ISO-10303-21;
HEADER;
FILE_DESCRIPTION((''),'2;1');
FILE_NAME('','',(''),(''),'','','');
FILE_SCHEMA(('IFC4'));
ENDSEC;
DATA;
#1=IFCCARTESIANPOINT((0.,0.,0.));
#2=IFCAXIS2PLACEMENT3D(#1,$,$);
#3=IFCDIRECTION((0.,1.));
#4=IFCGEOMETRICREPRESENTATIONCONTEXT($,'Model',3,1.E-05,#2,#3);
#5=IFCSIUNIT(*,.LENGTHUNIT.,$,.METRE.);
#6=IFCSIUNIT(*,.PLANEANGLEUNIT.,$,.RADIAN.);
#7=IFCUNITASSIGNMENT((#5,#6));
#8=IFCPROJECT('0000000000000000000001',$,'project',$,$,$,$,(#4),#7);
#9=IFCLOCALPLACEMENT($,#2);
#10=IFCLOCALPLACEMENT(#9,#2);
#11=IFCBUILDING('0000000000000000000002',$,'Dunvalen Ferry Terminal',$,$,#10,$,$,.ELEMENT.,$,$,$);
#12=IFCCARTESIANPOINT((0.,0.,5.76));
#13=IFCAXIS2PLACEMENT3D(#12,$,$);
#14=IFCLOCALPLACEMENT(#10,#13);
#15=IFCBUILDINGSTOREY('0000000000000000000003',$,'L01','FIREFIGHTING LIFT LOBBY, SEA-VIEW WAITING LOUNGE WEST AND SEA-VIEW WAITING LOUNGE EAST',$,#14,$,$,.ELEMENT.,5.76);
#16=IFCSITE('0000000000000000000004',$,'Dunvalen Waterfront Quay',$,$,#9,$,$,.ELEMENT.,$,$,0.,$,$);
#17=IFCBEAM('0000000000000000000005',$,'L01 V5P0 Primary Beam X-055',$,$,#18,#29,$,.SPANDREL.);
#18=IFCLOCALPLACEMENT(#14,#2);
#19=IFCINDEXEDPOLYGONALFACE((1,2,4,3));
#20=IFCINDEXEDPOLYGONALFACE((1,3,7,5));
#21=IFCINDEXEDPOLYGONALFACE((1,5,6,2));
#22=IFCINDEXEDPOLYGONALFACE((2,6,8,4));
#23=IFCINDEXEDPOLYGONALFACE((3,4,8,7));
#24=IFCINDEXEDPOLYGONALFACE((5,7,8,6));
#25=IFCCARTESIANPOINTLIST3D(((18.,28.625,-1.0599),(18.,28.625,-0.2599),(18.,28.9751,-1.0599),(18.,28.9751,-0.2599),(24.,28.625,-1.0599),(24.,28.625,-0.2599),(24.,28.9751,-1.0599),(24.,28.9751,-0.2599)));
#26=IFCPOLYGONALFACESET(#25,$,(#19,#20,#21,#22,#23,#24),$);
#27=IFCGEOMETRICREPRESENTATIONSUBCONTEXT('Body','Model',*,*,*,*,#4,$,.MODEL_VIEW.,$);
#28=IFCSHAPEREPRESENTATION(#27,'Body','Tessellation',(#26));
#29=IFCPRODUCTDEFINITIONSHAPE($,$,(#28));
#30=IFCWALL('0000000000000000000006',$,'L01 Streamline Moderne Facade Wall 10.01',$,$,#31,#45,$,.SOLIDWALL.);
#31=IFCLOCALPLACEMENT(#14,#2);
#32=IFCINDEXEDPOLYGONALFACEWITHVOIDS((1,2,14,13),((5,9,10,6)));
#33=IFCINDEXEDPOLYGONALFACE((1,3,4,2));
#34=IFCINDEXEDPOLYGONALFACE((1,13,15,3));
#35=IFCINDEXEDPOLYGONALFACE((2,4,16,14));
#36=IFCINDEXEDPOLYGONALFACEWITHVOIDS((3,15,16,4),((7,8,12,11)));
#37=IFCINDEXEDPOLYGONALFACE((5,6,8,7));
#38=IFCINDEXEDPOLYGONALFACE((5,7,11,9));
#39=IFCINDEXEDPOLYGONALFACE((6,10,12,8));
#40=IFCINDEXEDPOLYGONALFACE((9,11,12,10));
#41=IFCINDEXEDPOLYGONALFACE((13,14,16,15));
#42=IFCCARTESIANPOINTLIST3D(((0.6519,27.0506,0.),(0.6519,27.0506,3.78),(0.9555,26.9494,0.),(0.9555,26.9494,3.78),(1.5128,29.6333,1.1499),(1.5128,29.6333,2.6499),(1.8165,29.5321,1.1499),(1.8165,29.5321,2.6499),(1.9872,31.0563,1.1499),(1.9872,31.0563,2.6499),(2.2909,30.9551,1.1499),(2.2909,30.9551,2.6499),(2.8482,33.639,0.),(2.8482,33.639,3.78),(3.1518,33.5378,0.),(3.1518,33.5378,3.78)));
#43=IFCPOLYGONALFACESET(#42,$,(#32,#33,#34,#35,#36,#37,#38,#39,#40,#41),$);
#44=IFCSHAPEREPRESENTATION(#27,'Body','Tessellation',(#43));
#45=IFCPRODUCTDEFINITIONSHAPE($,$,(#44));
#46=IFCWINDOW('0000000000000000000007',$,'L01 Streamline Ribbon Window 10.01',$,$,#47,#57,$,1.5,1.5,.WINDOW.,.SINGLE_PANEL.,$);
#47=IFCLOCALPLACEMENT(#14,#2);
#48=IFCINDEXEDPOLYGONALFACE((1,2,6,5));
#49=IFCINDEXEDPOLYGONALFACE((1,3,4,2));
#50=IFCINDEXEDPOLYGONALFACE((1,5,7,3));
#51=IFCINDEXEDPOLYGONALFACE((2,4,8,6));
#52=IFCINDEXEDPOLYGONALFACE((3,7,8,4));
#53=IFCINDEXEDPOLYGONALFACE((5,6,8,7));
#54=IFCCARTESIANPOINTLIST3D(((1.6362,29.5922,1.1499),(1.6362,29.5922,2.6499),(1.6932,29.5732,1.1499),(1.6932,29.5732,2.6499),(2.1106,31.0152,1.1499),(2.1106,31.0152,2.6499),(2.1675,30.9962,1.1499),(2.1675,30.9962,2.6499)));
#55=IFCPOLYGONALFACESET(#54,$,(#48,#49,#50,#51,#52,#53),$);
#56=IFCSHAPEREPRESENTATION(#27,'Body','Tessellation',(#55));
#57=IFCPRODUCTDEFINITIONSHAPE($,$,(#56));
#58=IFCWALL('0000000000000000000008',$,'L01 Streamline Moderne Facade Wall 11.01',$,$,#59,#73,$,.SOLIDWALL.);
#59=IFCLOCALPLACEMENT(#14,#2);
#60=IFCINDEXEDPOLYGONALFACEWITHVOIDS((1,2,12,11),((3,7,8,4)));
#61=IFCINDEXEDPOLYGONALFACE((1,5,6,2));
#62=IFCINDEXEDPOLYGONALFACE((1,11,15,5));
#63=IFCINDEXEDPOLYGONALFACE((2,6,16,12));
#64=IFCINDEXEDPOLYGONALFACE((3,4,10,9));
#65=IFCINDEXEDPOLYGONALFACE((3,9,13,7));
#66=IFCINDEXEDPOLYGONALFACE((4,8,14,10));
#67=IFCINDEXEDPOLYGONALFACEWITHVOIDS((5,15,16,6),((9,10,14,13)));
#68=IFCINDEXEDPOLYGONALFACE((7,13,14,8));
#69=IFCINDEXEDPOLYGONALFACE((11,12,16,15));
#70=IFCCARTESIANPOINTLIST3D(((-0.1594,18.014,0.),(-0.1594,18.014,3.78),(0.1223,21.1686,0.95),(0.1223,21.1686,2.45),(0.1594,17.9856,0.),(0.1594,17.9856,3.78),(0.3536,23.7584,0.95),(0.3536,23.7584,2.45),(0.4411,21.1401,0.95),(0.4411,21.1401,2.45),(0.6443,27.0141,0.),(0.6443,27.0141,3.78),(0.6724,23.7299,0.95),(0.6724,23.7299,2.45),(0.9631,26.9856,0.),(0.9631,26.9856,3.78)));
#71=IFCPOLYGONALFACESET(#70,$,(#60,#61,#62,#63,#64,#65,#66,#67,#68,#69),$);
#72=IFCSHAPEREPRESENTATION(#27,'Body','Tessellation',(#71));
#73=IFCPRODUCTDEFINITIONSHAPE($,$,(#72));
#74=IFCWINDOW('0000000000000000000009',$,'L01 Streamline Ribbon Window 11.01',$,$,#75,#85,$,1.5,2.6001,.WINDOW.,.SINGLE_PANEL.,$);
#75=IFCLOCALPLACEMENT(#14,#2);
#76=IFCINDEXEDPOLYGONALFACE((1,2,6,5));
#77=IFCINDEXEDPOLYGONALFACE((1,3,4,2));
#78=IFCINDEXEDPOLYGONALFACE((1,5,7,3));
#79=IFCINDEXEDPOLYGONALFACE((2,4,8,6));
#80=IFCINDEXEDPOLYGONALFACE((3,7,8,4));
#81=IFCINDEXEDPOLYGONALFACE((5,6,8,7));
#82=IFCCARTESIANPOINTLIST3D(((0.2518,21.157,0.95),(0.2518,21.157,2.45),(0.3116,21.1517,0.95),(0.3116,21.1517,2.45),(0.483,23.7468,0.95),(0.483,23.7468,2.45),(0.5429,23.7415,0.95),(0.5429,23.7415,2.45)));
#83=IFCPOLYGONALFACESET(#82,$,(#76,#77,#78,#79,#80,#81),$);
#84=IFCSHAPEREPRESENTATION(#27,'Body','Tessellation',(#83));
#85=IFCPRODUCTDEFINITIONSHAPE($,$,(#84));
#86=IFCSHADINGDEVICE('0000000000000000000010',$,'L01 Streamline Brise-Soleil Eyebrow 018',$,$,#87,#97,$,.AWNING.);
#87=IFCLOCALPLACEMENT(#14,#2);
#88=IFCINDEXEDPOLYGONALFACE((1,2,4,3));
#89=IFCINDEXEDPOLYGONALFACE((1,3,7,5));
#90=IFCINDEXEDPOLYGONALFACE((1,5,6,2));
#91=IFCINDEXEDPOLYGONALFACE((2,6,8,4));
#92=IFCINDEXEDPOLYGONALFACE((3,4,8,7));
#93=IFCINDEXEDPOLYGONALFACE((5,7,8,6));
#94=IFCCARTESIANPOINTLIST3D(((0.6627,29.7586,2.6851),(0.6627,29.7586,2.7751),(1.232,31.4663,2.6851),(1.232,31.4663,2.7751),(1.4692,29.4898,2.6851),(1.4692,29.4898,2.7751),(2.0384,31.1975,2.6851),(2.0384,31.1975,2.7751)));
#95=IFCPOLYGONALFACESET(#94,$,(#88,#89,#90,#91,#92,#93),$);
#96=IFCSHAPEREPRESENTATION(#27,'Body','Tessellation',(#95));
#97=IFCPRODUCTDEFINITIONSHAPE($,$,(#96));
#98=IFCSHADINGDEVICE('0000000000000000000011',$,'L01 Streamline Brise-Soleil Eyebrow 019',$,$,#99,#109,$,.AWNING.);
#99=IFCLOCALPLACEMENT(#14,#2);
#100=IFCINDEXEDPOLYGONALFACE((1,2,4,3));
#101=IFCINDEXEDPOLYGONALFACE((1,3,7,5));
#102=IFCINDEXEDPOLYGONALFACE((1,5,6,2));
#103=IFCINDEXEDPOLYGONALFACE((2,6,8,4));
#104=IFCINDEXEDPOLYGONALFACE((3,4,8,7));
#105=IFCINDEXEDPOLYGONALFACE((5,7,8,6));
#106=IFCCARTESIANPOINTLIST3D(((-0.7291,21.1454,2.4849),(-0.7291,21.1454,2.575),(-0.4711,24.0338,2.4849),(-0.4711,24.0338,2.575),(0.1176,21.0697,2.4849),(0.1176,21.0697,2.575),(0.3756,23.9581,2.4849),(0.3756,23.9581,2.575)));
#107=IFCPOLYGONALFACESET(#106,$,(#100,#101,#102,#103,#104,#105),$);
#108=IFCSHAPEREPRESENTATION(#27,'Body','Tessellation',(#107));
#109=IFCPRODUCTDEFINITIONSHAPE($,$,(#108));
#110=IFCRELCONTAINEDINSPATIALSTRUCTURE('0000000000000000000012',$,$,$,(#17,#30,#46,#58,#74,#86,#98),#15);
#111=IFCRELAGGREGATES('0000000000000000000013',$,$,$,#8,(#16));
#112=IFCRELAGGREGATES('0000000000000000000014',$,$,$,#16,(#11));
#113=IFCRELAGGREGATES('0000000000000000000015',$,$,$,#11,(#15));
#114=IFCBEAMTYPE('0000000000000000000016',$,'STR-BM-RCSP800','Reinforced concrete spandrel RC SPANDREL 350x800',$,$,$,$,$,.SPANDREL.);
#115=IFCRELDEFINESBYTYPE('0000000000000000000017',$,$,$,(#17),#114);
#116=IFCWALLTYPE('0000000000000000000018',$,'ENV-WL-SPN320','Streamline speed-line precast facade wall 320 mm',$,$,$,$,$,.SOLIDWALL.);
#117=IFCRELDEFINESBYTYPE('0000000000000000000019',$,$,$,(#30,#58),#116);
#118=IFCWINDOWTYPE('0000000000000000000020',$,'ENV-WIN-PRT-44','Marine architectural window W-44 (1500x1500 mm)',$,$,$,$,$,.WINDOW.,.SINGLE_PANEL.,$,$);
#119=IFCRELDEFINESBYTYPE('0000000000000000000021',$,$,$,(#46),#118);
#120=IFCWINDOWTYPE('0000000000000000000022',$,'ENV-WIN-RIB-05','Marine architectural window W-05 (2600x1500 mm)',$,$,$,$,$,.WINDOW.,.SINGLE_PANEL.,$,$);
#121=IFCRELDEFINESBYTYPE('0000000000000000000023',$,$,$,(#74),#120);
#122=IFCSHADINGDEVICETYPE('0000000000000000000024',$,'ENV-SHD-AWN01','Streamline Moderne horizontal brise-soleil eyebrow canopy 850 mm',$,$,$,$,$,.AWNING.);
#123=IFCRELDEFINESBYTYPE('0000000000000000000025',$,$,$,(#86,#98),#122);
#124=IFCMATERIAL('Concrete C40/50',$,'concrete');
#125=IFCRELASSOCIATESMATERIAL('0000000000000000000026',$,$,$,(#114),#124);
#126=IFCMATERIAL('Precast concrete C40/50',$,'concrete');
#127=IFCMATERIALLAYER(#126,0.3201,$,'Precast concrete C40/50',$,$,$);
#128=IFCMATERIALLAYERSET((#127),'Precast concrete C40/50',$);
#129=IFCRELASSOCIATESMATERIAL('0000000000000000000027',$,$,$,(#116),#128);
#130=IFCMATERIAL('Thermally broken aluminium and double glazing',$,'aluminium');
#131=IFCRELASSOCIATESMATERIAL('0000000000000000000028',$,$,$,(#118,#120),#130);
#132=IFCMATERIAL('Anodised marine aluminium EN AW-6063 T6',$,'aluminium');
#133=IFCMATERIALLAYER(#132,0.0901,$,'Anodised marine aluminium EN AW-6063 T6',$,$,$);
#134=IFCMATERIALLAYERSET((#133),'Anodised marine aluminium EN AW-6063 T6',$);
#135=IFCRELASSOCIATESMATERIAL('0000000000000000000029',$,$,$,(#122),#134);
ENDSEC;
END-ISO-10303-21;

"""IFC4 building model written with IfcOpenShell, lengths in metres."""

from ifc_helpers import new_model, si_unit, direction, frame, frame_2d, origin, origin_2d, place, context, subcontext, project, spatial, rectangle, extrude, material, layer, layer_set, material_profile, profile_set, type_object, element, fill, save


model = new_model("IFC4")

# Units and contexts
model_context = context("Model", 3, precision=1e-05, world=origin(), true_north=direction((0.0, 1.0)))
body_context = subcontext(model_context, "Body", "Model", "MODEL_VIEW")
ifc_project = project(units=[si_unit("LENGTHUNIT", "METRE"), si_unit("PLANEANGLEUNIT", "RADIAN")], contexts=[model_context])

# Site, building, storey
site_placement = place(None, origin())
site = spatial("IfcSite", under=ifc_project, at=site_placement, Name="Dunvalen Waterfront Quay", CompositionType="ELEMENT", RefElevation=0.0)
building_placement = place(site_placement, origin())
building = spatial("IfcBuilding", under=site, at=building_placement, Name="Dunvalen Ferry Terminal", CompositionType="ELEMENT")
storey_placement = place(building_placement, frame((0.0, 0.0, 5.76)))
storey = spatial("IfcBuildingStorey", under=building, at=storey_placement, Name="L01", Description="FIREFIGHTING LIFT LOBBY, SEA-VIEW WAITING LOUNGE WEST AND SEA-VIEW WAITING LOUNGE EAST", CompositionType="ELEMENT", Elevation=5.76)

# Shared definitions
ifc_material_1 = material(Name="Concrete C40/50", Category="concrete")

# Beam
ifc_material_profile_1 = material_profile(ifc_material_1, rectangle(XDim=0.3501, YDim=0.8, at=origin_2d()), Name="Concrete C40/50")
ifc_profile_set_1 = profile_set([ifc_material_profile_1], Name="Concrete C40/50")
beam_type_1 = type_object("IfcBeamType", Name="STR-BM-RCSP800", Description="Reinforced concrete spandrel RC SPANDREL 350x800", PredefinedType="SPANDREL", material=ifc_profile_set_1)
beam_1_placement = place(storey_placement, frame((18.0, 28.8, -0.6599), z_axis=(1.0, 0.0, 0.0), x_axis=(0.0, 1.0, 0.0)))
element("IfcBeam", 1, at=beam_1_placement, inside=storey, type_object=beam_type_1, Name="L01 V5P0 Primary Beam X-055", PredefinedType="SPANDREL", context=body_context, shape_type="SweptSolid", body=[
    extrude(rectangle(XDim=0.3501, YDim=0.8, at=origin_2d()), origin(), (0.0, 0.0, 1.0), 6.0),
])

# Walls, openings, windows
ifc_material_2 = material(Name="Precast concrete C40/50", Category="concrete")
ifc_layer_1 = layer(ifc_material_2, 0.3201, Name="Precast concrete C40/50")
ifc_layer_set_1 = layer_set([ifc_layer_1], Name="Precast concrete C40/50")
wall_type = type_object("IfcWallType", Name="ENV-WL-SPN320", Description="Streamline speed-line precast facade wall 320 mm", PredefinedType="SOLIDWALL", material=ifc_layer_set_1)
wall_1_placement = place(storey_placement, frame((3.0, 33.5884, 0.0), z_axis=(0.0, 0.0, 1.0), x_axis=(-0.316249, -0.948676, 0.0)))
wall_1 = element("IfcWall", 2, at=wall_1_placement, inside=storey, type_object=wall_type, Name="L01 Streamline Moderne Facade Wall 10.01", PredefinedType="SOLIDWALL", context=body_context, shape_type="SweptSolid", body=[
    extrude(rectangle(XDim=6.9448, YDim=0.3201, at=frame_2d((3.4724, 0.0))), origin(), (0.0, 0.0, 1.0), 3.78),
])
opening_1_placement = place(wall_1_placement, frame((2.7224, 0.0, 1.1499)))
opening_1 = element("IfcOpeningElement", 3, at=opening_1_placement, cuts=wall_1, PredefinedType="OPENING", context=body_context, shape_type="SweptSolid", body=[
    extrude(rectangle(XDim=1.5, YDim=1.5, at=frame_2d((0.75, 0.75))), frame((0.0, 0.1699, 0.0), z_axis=(0.0, -1.0, 0.0), x_axis=(1.0, 0.0, 0.0)), (0.0, 0.0, 1.0), 0.3401),
])
ifc_material_3 = material(Name="Thermally broken aluminium and double glazing", Category="aluminium")
window_type_1 = type_object("IfcWindowType", Name="ENV-WIN-PRT-44", Description="Marine architectural window W-44 (1500x1500 mm)", PartitioningType="SINGLE_PANEL", PredefinedType="WINDOW", material=ifc_material_3)
window_1_placement = place(opening_1_placement, origin())
window_1 = element("IfcWindow", 4, at=window_1_placement, inside=storey, type_object=window_type_1, Name="L01 Streamline Ribbon Window 10.01", OverallHeight=1.5, OverallWidth=1.5, PartitioningType="SINGLE_PANEL", PredefinedType="WINDOW", context=body_context, shape_type="SweptSolid", body=[
    extrude(rectangle(XDim=1.5, YDim=1.5, at=frame_2d((0.75, 0.75))), frame((0.0, 0.03, 0.0), z_axis=(0.0, -1.0, 0.0), x_axis=(1.0, 0.0, 0.0)), (0.0, 0.0, 1.0), 0.0601),
])
fill(opening_1, window_1)
wall_2_placement = place(storey_placement, frame((0.8037, 27.0, 0.0), z_axis=(0.0, 0.0, 1.0), x_axis=(-0.088947, -0.996036, 0.0)))
wall_2 = element("IfcWall", 5, at=wall_2_placement, inside=storey, type_object=wall_type, Name="L01 Streamline Moderne Facade Wall 11.01", PredefinedType="SOLIDWALL", context=body_context, shape_type="SweptSolid", body=[
    extrude(rectangle(XDim=9.0359, YDim=0.3201, at=frame_2d((4.5181, 0.0))), origin(), (0.0, 0.0, 1.0), 3.78),
])
opening_2_placement = place(wall_2_placement, frame((3.2688, 0.0, 0.95)))
opening_2 = element("IfcOpeningElement", 6, at=opening_2_placement, cuts=wall_2, PredefinedType="OPENING", context=body_context, shape_type="SweptSolid", body=[
    extrude(rectangle(XDim=2.6001, YDim=1.5, at=frame_2d((1.3, 0.75))), frame((0.0, 0.1699, 0.0), z_axis=(0.0, -1.0, 0.0), x_axis=(1.0, 0.0, 0.0)), (0.0, 0.0, 1.0), 0.3401),
])
window_type_2 = type_object("IfcWindowType", Name="ENV-WIN-RIB-05", Description="Marine architectural window W-05 (2600x1500 mm)", PartitioningType="SINGLE_PANEL", PredefinedType="WINDOW", material=ifc_material_3)
window_2_placement = place(opening_2_placement, origin())
window_2 = element("IfcWindow", 7, at=window_2_placement, inside=storey, type_object=window_type_2, Name="L01 Streamline Ribbon Window 11.01", OverallHeight=1.5, OverallWidth=2.6001, PartitioningType="SINGLE_PANEL", PredefinedType="WINDOW", context=body_context, shape_type="SweptSolid", body=[
    extrude(rectangle(XDim=2.6001, YDim=1.5, at=frame_2d((1.3, 0.75))), frame((0.0, 0.03, 0.0), z_axis=(0.0, -1.0, 0.0), x_axis=(1.0, 0.0, 0.0)), (0.0, 0.0, 1.0), 0.0601),
])
fill(opening_2, window_2)

# Shading devices
ifc_material_4 = material(Name="Anodised marine aluminium EN AW-6063 T6", Category="aluminium")
ifc_layer_2 = layer(ifc_material_4, 0.0901, Name="Anodised marine aluminium EN AW-6063 T6")
ifc_layer_set_2 = layer_set([ifc_layer_2], Name="Anodised marine aluminium EN AW-6063 T6")
shading_device_type = type_object("IfcShadingDeviceType", Name="ENV-SHD-AWN01", Description="Streamline Moderne horizontal brise-soleil eyebrow canopy 850 mm", PredefinedType="AWNING", material=ifc_layer_set_2)
shading_device_1_placement = place(storey_placement, frame((1.3506, 30.478, 2.6851), z_axis=(0.0, 0.0, 1.0), x_axis=(-0.316232, -0.948682, 0.0)))
element("IfcShadingDevice", 8, at=shading_device_1_placement, inside=storey, type_object=shading_device_type, Name="L01 Streamline Brise-Soleil Eyebrow 018", PredefinedType="AWNING", context=body_context, shape_type="SweptSolid", body=[
    extrude(rectangle(XDim=1.8, YDim=0.8501, at=origin_2d()), origin(), (0.0, 0.0, 1.0), 0.0901),
])
shading_device_2_placement = place(storey_placement, frame((-0.1768, 22.5518, 2.4849), z_axis=(0.0, 0.0, 1.0), x_axis=(-0.088957, -0.996035, 0.0)))
element("IfcShadingDevice", 9, at=shading_device_2_placement, inside=storey, type_object=shading_device_type, Name="L01 Streamline Brise-Soleil Eyebrow 019", PredefinedType="AWNING", context=body_context, shape_type="SweptSolid", body=[
    extrude(rectangle(XDim=2.8999, YDim=0.8501, at=origin_2d()), origin(), (0.0, 0.0, 1.0), 0.0901),
])

save(model, "model.ifc")
